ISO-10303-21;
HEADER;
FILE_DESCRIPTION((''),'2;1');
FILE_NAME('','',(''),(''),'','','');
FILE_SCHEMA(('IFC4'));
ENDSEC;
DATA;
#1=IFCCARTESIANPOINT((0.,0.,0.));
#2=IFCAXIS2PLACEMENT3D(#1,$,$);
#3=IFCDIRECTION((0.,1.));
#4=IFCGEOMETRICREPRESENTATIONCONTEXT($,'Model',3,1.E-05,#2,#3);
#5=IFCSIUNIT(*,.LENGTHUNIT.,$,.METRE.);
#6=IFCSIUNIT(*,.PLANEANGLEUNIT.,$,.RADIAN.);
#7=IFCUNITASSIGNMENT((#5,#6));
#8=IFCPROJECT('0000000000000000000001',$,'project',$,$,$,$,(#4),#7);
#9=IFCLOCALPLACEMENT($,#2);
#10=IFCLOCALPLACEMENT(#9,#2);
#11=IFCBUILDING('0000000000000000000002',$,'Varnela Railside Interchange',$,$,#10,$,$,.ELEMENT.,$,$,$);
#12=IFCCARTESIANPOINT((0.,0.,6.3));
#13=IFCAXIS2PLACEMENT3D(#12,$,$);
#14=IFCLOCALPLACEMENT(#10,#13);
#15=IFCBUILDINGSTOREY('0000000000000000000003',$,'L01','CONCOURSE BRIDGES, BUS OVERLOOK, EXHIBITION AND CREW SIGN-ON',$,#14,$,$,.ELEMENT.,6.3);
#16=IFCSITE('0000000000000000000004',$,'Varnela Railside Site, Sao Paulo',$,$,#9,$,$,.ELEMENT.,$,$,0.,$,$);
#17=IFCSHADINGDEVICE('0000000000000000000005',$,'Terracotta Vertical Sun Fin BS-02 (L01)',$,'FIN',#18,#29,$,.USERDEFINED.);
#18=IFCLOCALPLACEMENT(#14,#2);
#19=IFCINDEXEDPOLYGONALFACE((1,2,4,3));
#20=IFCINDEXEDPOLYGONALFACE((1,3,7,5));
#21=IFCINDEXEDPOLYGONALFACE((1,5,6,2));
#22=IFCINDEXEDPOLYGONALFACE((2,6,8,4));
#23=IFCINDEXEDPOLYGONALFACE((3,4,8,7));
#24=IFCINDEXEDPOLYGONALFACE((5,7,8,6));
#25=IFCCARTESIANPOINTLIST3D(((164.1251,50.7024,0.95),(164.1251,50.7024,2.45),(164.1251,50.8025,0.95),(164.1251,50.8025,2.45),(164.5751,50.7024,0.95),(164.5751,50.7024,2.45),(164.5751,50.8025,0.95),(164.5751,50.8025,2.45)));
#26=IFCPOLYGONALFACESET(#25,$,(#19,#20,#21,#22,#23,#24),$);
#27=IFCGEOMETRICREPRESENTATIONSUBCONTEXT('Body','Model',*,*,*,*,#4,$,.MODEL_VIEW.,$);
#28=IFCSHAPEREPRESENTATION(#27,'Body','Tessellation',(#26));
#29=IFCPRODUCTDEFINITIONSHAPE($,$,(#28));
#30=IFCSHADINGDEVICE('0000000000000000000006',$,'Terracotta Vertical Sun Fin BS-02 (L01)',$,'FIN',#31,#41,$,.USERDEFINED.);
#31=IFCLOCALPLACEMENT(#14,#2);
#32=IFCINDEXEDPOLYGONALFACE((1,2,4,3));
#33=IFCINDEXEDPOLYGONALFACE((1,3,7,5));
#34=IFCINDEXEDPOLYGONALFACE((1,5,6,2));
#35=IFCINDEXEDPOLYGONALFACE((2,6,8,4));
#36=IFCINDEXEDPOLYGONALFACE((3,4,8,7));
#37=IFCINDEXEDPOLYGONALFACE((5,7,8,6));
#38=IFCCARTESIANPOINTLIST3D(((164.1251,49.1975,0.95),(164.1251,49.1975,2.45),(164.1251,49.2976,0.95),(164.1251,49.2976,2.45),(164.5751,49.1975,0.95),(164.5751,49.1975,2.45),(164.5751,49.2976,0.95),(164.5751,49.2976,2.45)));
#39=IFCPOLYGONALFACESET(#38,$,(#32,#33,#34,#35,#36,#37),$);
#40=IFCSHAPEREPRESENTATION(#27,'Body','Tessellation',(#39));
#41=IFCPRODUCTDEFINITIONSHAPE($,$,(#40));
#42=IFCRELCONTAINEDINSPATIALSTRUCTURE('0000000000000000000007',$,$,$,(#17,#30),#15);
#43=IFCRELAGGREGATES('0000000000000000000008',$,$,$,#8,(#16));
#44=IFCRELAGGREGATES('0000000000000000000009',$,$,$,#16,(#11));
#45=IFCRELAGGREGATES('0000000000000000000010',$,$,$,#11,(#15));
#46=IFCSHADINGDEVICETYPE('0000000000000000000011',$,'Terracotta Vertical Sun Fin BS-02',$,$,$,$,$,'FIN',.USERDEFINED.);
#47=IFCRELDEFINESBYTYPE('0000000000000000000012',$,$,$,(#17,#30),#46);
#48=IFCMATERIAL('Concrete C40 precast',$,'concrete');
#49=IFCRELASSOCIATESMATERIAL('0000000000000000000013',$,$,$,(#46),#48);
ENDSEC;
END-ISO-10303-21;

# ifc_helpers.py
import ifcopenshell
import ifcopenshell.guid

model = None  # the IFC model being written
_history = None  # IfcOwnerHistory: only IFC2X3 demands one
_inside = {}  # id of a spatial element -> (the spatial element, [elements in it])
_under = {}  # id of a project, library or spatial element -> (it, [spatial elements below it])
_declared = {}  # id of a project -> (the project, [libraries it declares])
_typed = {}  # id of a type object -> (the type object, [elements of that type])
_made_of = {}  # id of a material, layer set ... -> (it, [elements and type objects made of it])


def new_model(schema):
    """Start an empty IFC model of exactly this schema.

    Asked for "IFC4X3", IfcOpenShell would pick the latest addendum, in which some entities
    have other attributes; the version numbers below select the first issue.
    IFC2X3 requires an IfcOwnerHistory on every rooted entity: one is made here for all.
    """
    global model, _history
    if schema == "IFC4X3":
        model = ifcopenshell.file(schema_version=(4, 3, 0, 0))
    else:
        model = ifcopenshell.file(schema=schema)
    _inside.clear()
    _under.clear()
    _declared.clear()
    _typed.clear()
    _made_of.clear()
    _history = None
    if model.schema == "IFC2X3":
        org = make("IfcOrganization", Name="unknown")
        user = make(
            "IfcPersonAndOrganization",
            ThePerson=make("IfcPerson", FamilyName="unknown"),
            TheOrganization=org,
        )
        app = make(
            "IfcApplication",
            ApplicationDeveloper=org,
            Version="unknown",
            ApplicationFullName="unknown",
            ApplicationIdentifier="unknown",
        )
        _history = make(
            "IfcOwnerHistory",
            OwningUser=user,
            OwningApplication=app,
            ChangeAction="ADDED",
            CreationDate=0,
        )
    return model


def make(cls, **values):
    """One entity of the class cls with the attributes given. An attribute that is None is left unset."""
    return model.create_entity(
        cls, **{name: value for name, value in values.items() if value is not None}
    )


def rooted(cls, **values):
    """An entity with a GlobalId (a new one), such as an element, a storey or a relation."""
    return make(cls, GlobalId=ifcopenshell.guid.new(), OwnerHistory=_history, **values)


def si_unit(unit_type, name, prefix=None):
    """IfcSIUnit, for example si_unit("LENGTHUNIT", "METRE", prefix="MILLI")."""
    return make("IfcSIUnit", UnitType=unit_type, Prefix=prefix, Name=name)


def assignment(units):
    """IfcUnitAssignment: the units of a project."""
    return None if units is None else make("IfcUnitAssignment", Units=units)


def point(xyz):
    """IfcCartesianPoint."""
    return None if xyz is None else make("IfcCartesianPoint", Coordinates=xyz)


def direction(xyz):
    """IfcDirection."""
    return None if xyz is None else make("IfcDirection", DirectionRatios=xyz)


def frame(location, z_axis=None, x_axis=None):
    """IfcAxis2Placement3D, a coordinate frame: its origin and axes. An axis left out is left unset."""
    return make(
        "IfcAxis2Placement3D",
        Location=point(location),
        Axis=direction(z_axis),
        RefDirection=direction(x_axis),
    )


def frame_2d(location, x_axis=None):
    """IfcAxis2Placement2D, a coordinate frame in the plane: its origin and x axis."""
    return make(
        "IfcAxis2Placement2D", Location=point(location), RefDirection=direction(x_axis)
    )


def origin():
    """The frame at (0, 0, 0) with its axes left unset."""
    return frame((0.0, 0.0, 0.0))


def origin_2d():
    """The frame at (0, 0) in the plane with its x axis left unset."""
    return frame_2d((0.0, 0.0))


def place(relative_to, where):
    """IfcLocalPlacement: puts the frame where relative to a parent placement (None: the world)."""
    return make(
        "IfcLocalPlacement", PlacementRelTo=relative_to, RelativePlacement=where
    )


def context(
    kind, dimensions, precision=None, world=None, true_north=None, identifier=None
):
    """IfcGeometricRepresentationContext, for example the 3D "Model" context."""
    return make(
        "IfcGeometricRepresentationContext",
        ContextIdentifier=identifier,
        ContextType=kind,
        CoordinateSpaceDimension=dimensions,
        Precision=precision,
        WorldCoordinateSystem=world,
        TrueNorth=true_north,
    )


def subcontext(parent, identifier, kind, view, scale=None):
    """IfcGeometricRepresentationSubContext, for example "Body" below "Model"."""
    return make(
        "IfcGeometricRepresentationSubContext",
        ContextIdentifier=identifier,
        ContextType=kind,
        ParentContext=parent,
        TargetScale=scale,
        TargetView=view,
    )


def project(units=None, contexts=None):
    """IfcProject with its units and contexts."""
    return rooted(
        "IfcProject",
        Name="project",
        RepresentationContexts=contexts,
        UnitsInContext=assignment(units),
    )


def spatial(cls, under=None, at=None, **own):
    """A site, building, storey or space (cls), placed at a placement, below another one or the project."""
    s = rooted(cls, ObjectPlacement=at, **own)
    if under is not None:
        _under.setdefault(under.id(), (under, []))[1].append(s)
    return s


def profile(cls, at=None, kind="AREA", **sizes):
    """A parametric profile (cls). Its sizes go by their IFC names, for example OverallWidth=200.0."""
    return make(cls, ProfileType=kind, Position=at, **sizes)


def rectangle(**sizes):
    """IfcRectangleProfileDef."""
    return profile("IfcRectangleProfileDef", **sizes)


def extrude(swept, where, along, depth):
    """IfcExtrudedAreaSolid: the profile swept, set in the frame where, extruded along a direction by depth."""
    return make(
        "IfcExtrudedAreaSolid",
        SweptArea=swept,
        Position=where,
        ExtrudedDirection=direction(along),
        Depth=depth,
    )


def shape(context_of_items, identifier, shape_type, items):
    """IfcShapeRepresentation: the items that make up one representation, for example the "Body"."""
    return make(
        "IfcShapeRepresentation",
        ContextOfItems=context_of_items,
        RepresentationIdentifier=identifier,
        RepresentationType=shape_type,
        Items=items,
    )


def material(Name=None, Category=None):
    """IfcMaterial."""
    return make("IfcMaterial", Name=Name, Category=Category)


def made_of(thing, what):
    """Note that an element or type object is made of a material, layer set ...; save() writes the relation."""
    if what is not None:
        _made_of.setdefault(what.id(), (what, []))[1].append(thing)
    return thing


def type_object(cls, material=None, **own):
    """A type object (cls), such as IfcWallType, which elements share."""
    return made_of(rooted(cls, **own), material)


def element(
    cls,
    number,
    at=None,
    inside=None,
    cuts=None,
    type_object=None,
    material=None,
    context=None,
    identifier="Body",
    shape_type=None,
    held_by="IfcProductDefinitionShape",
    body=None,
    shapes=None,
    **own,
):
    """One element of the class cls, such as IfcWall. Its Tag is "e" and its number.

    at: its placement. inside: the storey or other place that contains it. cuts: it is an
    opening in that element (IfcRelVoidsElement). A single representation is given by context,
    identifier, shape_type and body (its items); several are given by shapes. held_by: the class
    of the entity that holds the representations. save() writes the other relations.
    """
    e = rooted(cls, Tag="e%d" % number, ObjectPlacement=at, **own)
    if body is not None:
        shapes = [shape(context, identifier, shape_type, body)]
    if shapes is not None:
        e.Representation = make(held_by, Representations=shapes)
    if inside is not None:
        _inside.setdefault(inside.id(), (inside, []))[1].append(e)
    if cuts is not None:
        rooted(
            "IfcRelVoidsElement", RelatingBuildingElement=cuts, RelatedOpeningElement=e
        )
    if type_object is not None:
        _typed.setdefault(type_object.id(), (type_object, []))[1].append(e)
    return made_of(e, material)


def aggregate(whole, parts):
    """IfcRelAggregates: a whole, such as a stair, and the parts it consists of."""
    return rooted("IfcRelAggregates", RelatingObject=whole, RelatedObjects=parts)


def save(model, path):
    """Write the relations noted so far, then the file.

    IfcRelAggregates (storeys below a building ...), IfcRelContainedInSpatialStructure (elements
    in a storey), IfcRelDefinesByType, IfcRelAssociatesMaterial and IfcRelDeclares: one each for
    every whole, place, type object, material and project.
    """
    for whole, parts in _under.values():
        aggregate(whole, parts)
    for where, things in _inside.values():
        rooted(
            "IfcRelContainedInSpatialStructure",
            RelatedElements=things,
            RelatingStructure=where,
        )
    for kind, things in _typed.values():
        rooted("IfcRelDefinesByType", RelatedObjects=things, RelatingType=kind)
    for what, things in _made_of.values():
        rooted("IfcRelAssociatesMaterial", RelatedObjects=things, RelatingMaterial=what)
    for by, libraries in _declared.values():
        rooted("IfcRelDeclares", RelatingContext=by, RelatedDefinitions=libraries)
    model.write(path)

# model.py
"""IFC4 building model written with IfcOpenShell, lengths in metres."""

from ifc_helpers import new_model, si_unit, direction, frame, origin, origin_2d, place, context, subcontext, project, spatial, rectangle, extrude, material, type_object, element, save


model = new_model("IFC4")

# Units and contexts
model_context = context("Model", 3, precision=1e-05, world=origin(), true_north=direction((0.0, 1.0)))
body_context = subcontext(model_context, "Body", "Model", "MODEL_VIEW")
ifc_project = project(units=[si_unit("LENGTHUNIT", "METRE"), si_unit("PLANEANGLEUNIT", "RADIAN")], contexts=[model_context])

# Site, building, storey
site_placement = place(None, origin())
site = spatial("IfcSite", under=ifc_project, at=site_placement, Name="Varnela Railside Site, Sao Paulo", CompositionType="ELEMENT", RefElevation=0.0)
building_placement = place(site_placement, origin())
building = spatial("IfcBuilding", under=site, at=building_placement, Name="Varnela Railside Interchange", CompositionType="ELEMENT")
storey_placement = place(building_placement, frame((0.0, 0.0, 6.3)))
storey = spatial("IfcBuildingStorey", under=building, at=storey_placement, Name="L01", Description="CONCOURSE BRIDGES, BUS OVERLOOK, EXHIBITION AND CREW SIGN-ON", CompositionType="ELEMENT", Elevation=6.3)

# Shared definitions
ifc_material_1 = material(Name="Concrete C40 precast", Category="concrete")

# Shading devices
shading_device_type = type_object("IfcShadingDeviceType", Name="Terracotta Vertical Sun Fin BS-02", ElementType="FIN", PredefinedType="USERDEFINED", material=ifc_material_1)
for number, where, z_axis, x_axis, name in (
    (1, (164.3501, 50.7524, 0.95), (0.0, 0.0, 1.0), (1.0, 0.0, 0.0), "Terracotta Vertical Sun Fin BS-02 (L01)"),
    (2, (164.3501, 49.2476, 0.95), (0.0, 0.0, 1.0), (1.0, 0.0, 0.0), "Terracotta Vertical Sun Fin BS-02 (L01)"),
):
    element("IfcShadingDevice", number, at=place(storey_placement, frame(where, z_axis=z_axis, x_axis=x_axis)), inside=storey, type_object=shading_device_type, Name=name, ObjectType="FIN", PredefinedType="USERDEFINED", context=body_context, shape_type="SweptSolid", body=[
        extrude(rectangle(XDim=0.45, YDim=0.1001, at=origin_2d()), origin(), (0.0, 0.0, 1.0), 1.5),
    ])

save(model, "model.ifc")
